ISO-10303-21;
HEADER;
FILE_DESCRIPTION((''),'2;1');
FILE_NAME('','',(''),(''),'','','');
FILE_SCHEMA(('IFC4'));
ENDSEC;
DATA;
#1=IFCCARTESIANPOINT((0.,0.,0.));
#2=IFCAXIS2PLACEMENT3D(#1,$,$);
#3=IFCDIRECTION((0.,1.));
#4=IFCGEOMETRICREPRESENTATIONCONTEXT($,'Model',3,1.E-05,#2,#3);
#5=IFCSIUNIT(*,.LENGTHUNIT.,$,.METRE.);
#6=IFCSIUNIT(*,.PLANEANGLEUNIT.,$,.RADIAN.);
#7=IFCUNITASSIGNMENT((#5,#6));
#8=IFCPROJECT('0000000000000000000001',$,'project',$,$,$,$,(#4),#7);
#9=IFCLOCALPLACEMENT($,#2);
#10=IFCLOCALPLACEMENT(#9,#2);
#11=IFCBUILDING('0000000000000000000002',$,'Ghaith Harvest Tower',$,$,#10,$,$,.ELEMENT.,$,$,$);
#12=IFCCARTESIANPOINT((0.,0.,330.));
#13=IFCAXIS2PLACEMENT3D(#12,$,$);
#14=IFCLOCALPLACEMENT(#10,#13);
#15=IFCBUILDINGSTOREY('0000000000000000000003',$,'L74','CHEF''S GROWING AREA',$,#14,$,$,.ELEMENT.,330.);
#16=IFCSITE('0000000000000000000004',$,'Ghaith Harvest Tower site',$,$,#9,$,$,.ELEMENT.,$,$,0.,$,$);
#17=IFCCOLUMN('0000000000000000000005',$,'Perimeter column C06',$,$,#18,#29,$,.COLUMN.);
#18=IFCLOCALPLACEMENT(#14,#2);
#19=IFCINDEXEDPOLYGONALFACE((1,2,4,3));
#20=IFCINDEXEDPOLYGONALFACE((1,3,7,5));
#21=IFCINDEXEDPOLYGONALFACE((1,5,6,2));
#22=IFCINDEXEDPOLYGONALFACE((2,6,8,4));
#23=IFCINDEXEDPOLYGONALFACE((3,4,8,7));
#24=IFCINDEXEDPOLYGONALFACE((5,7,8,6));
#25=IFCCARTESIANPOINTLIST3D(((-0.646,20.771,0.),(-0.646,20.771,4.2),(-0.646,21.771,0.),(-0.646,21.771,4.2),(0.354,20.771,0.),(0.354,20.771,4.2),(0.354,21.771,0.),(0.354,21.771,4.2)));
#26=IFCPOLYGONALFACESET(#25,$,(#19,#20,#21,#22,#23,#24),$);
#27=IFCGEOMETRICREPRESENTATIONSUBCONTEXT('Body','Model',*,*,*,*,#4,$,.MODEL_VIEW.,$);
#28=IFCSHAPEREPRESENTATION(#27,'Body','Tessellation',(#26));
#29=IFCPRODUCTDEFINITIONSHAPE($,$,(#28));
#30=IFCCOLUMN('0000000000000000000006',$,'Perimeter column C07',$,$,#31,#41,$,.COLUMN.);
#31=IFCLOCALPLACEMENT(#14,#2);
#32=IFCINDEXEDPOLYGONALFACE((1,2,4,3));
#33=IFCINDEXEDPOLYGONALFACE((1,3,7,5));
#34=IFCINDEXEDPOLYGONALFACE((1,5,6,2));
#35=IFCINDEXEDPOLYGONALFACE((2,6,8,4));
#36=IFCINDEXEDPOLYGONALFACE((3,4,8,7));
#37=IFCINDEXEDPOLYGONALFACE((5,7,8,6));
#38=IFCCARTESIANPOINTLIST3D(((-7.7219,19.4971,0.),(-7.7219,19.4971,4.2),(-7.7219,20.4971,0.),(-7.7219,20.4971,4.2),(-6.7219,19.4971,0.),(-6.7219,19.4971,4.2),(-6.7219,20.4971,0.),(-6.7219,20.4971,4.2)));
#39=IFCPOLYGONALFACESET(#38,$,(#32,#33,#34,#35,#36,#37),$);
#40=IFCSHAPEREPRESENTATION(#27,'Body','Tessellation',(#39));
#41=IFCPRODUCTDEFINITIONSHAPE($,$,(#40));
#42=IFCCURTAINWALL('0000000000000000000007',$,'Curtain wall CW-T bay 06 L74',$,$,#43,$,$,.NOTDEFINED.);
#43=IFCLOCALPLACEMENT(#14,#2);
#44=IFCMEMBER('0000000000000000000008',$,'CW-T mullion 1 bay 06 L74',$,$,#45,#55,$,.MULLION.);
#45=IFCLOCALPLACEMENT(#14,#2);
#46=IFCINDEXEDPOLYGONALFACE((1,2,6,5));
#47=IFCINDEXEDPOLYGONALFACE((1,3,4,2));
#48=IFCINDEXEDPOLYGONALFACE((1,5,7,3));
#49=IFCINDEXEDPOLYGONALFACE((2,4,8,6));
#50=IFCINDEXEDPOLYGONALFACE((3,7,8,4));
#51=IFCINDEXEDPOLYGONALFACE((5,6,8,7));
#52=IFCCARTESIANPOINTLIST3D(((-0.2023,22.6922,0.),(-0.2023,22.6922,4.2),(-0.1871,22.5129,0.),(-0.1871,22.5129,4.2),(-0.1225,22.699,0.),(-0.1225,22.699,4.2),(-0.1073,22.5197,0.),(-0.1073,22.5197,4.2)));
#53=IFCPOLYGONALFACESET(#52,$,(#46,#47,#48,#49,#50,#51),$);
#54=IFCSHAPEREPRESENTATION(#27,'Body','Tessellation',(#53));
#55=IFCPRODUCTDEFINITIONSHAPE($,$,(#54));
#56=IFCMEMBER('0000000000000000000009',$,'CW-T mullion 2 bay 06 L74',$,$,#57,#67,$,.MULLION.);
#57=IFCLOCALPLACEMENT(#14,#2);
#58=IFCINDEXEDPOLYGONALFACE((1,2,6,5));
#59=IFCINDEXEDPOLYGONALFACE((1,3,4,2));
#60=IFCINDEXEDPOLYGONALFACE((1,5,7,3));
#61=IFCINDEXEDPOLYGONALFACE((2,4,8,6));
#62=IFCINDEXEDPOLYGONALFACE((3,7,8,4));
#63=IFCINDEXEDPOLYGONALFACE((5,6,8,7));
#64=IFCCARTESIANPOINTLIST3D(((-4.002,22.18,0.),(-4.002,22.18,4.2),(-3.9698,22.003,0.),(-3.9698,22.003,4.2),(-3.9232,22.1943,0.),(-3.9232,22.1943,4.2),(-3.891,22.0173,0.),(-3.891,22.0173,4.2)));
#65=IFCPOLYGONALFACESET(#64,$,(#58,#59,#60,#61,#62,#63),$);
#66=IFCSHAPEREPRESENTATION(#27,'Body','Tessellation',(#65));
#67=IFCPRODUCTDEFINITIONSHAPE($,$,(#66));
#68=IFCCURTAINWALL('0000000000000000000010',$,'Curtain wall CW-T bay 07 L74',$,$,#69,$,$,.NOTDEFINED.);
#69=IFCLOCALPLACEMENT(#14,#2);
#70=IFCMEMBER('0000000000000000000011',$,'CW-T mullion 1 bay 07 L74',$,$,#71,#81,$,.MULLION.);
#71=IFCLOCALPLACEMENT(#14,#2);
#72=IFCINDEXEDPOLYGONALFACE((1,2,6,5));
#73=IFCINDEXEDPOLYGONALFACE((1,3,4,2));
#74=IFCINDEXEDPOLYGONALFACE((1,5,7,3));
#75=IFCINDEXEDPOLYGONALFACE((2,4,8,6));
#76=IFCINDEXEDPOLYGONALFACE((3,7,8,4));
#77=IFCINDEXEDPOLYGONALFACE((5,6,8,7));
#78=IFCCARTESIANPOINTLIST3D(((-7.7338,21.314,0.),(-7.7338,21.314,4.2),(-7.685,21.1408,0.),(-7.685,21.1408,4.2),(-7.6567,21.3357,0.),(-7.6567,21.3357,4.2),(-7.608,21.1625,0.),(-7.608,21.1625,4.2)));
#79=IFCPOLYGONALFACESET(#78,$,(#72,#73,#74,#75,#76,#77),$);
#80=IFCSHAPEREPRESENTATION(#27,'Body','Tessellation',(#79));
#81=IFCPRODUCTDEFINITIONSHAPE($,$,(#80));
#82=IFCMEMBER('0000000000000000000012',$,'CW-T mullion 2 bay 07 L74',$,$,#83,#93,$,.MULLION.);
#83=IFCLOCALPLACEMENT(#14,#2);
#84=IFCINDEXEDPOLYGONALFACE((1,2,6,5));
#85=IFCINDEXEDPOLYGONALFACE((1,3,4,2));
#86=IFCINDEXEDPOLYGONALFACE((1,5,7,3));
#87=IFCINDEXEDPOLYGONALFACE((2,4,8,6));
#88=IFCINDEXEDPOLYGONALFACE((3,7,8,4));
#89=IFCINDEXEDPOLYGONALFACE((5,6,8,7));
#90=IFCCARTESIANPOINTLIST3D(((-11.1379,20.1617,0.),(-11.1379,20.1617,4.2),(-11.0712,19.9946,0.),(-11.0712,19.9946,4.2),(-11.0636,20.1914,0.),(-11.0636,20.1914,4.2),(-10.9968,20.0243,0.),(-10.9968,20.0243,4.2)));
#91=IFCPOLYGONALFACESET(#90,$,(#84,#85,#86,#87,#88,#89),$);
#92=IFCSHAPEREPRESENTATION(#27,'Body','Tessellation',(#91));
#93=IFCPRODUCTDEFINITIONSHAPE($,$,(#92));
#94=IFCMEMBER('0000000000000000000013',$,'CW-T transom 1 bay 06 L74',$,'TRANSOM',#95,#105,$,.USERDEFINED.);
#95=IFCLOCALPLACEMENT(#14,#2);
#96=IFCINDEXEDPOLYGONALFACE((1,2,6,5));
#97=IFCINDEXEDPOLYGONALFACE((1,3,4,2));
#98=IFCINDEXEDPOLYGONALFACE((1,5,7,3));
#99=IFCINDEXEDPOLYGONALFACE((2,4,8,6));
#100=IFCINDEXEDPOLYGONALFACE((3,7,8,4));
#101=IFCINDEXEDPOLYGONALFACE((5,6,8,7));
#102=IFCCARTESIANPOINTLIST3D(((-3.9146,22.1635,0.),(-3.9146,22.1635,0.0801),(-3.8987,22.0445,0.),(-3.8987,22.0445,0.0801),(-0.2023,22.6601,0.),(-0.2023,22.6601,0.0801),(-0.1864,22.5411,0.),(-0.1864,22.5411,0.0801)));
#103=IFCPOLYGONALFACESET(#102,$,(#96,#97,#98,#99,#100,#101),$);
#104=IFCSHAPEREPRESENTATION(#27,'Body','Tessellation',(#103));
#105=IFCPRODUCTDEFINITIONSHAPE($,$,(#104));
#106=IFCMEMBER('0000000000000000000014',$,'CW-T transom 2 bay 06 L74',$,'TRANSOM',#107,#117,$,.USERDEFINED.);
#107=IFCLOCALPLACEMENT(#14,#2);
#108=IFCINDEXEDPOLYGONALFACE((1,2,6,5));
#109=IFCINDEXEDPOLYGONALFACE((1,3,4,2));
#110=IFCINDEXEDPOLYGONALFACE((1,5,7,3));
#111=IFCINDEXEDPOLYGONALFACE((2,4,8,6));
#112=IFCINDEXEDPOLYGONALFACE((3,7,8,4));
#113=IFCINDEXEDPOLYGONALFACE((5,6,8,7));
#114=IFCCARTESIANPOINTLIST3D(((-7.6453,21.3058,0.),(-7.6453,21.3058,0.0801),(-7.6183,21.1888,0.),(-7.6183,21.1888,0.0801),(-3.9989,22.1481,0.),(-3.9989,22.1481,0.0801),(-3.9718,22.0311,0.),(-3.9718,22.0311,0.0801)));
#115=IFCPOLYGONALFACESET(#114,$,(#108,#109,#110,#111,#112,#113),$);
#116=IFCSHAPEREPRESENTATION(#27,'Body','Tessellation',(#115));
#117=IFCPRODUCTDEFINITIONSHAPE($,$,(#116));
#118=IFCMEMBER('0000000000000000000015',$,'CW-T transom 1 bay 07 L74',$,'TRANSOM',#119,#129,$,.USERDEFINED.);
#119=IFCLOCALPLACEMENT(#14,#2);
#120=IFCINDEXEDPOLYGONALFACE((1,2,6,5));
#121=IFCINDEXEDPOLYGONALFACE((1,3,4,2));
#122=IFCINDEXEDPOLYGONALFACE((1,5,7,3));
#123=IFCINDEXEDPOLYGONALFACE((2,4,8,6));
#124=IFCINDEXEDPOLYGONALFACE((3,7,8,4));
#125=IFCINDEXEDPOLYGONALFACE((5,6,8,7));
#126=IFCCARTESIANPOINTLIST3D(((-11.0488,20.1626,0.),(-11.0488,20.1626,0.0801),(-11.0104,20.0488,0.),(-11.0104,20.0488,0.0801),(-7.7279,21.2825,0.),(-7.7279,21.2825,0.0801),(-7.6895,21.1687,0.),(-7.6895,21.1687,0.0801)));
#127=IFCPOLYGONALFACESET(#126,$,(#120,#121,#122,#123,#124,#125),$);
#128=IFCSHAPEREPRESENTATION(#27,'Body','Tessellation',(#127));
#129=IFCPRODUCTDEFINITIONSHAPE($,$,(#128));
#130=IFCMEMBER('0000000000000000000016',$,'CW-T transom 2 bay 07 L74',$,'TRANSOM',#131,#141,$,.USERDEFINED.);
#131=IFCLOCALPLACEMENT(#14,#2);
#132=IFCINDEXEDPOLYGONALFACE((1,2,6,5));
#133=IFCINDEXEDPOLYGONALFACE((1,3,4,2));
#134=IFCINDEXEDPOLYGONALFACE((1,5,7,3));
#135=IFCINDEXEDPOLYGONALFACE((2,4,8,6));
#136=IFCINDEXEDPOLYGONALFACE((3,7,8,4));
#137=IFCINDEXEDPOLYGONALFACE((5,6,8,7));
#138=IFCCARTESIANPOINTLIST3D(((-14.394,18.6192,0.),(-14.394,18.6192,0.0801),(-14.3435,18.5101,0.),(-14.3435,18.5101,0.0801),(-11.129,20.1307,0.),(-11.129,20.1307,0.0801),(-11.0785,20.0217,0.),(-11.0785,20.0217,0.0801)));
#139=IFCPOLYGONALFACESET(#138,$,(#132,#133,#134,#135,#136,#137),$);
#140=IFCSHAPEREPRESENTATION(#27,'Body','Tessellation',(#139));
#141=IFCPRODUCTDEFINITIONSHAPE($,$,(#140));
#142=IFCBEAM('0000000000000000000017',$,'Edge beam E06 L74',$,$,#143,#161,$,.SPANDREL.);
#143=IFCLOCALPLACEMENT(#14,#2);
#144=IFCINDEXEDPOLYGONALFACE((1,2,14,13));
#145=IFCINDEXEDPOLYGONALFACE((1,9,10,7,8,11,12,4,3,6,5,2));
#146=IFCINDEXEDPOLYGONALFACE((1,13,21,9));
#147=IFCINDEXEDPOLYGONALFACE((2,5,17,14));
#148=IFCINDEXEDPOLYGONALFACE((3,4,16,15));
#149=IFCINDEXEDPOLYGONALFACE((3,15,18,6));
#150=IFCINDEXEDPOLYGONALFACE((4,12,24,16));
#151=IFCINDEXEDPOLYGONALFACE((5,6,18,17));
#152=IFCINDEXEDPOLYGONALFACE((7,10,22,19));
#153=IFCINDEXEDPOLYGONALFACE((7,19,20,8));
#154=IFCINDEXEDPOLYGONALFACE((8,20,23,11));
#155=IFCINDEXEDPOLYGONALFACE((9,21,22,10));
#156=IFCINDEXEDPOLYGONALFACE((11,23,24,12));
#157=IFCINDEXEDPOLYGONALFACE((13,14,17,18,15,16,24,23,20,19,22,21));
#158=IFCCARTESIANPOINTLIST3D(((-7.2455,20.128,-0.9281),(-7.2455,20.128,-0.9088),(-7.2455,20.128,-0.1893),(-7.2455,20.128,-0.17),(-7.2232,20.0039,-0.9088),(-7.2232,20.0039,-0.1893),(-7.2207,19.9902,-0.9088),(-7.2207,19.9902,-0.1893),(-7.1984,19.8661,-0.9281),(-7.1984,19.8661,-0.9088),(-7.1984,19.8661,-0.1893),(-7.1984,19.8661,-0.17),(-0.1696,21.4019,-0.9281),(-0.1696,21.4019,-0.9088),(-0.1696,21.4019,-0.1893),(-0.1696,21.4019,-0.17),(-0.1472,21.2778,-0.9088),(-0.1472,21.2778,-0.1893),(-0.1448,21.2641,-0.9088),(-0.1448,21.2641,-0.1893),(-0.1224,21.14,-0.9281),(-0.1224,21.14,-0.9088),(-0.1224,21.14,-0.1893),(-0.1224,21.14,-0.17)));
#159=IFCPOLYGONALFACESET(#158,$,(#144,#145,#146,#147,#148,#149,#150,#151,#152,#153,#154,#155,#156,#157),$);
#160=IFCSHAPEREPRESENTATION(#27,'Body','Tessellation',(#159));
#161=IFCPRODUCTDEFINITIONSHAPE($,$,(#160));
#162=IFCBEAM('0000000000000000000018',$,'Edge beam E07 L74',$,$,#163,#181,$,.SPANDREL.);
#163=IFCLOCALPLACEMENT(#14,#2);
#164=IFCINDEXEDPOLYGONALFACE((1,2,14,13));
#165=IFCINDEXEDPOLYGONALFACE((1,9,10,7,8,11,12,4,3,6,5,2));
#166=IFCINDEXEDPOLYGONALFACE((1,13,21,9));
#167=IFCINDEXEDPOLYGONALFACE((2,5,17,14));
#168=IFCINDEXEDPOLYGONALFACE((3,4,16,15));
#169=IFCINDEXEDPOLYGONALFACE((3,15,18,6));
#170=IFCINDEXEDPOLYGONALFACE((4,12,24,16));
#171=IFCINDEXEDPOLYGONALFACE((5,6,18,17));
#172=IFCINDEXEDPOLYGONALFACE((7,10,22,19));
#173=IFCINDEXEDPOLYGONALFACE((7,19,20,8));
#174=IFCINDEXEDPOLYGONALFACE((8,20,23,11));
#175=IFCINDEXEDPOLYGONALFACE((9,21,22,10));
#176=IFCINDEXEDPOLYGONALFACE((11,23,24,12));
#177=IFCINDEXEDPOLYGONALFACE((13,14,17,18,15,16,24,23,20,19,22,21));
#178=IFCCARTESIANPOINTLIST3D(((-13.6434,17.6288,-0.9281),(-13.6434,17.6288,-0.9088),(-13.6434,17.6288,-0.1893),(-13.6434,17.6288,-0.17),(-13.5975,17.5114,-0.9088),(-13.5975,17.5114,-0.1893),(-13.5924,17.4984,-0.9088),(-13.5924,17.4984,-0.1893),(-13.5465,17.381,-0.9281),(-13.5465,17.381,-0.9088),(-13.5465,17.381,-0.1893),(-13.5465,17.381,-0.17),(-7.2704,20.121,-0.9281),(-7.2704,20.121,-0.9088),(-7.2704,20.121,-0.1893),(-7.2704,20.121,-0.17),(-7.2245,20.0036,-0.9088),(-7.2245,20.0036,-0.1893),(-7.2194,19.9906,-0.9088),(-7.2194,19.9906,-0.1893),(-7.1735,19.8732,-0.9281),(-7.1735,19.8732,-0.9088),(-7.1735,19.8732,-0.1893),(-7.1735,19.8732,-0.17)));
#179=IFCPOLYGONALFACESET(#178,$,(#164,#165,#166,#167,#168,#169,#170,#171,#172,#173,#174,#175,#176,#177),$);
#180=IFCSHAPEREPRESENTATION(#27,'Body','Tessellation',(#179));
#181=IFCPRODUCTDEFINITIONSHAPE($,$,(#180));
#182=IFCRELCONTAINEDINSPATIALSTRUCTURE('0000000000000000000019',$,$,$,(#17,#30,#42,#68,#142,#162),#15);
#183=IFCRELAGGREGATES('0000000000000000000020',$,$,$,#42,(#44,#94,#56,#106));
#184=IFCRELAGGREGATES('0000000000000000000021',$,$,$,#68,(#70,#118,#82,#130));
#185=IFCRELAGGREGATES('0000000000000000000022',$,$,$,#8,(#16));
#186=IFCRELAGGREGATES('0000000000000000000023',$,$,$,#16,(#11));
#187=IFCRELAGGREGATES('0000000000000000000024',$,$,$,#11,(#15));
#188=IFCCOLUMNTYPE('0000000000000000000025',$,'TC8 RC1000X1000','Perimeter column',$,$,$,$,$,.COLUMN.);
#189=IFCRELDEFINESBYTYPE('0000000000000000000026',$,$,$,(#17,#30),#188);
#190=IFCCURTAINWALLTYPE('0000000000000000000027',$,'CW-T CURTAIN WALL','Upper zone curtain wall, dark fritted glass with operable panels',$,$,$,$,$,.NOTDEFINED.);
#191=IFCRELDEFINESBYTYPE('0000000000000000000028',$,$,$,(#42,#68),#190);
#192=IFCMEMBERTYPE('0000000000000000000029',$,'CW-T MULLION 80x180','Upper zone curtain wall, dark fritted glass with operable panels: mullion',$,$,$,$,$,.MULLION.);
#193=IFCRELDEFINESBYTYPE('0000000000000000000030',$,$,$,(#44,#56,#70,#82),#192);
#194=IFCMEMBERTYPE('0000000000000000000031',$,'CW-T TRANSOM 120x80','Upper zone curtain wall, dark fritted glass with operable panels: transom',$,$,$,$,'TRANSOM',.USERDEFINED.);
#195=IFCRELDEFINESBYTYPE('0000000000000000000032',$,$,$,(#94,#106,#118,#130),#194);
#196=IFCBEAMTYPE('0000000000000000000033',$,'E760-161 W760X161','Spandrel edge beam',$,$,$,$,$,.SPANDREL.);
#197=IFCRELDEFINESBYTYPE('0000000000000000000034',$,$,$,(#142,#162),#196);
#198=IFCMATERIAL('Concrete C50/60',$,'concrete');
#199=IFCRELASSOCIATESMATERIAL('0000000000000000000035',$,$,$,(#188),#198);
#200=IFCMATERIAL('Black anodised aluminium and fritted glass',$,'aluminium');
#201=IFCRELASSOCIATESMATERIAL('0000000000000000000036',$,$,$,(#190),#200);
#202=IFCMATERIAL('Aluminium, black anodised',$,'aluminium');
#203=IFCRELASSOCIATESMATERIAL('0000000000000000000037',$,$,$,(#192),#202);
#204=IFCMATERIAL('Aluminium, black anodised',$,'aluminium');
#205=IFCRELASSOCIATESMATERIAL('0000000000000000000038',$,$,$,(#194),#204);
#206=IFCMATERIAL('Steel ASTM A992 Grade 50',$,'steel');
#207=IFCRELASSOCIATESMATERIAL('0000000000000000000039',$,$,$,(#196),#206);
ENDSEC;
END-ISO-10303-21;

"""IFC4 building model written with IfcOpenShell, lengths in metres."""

from ifc_helpers import new_model, si_unit, direction, frame, origin, origin_2d, place, context, subcontext, project, spatial, rectangle, i_section, extrude, material, material_profile, profile_set, type_object, element, aggregate, save


model = new_model("IFC4")

# Units and contexts
model_context = context("Model", 3, precision=1e-05, world=origin(), true_north=direction((0.0, 1.0)))
body_context = subcontext(model_context, "Body", "Model", "MODEL_VIEW")
ifc_project = project(units=[si_unit("LENGTHUNIT", "METRE"), si_unit("PLANEANGLEUNIT", "RADIAN")], contexts=[model_context])

# Site, building, storey
site_placement = place(None, origin())
site = spatial("IfcSite", under=ifc_project, at=site_placement, Name="Ghaith Harvest Tower site", CompositionType="ELEMENT", RefElevation=0.0)
building_placement = place(site_placement, origin())
building = spatial("IfcBuilding", under=site, at=building_placement, Name="Ghaith Harvest Tower", CompositionType="ELEMENT")
storey_placement = place(building_placement, frame((0.0, 0.0, 330.0)))
storey = spatial("IfcBuildingStorey", under=building, at=storey_placement, Name="L74", Description="CHEF'S GROWING AREA", CompositionType="ELEMENT", Elevation=330.0)

# Columns
ifc_material_1 = material(Name="Concrete C50/60", Category="concrete")
ifc_material_profile_1 = material_profile(ifc_material_1, rectangle(XDim=1.0, YDim=1.0, at=origin_2d()), Name="RC1000X1000")
ifc_profile_set_1 = profile_set([ifc_material_profile_1], Name="Concrete C50/60")
column_type = type_object("IfcColumnType", Name="TC8 RC1000X1000", Description="Perimeter column", PredefinedType="COLUMN", material=ifc_profile_set_1)
for number, where, z_axis, x_axis, name in (
    (1, (-0.146, 21.271, 0.0), (0.0, 0.0, 1.0), (1.0, 0.0, 0.0), "Perimeter column C06"),
    (2, (-7.2219, 19.9971, 0.0), (0.0, 0.0, 1.0), (1.0, 0.0, 0.0), "Perimeter column C07"),
):
    element("IfcColumn", number, at=place(storey_placement, frame(where, z_axis=z_axis, x_axis=x_axis)), inside=storey, type_object=column_type, Name=name, PredefinedType="COLUMN", context=body_context, shape_type="SweptSolid", body=[
        extrude(rectangle(XDim=1.0, YDim=1.0, at=origin_2d()), origin(), (0.0, 0.0, 1.0), 4.2),
    ])

# Curtain walls, members
ifc_material_2 = material(Name="Black anodised aluminium and fritted glass", Category="aluminium")
curtain_wall_type = type_object("IfcCurtainWallType", Name="CW-T CURTAIN WALL", Description="Upper zone curtain wall, dark fritted glass with operable panels", PredefinedType="NOTDEFINED", material=ifc_material_2)
curtain_wall_1_placement = place(storey_placement, origin())
curtain_wall_1 = element("IfcCurtainWall", 3, at=curtain_wall_1_placement, inside=storey, type_object=curtain_wall_type, Name="Curtain wall CW-T bay 06 L74", PredefinedType="NOTDEFINED")
ifc_material_3 = material(Name="Aluminium, black anodised", Category="aluminium")
ifc_material_profile_2 = material_profile(ifc_material_3, rectangle(XDim=0.0801, YDim=0.1799, at=origin_2d()), Name="CW-T MULLION 80x180")
ifc_profile_set_2 = profile_set([ifc_material_profile_2], Name="Aluminium, black anodised")
member_type_1 = type_object("IfcMemberType", Name="CW-T MULLION 80x180", Description="Upper zone curtain wall, dark fritted glass with operable panels: mullion", PredefinedType="MULLION", material=ifc_profile_set_2)
member_1_placement = place(storey_placement, frame((-0.1548, 22.606, 0.0), z_axis=(0.0, 0.0, 1.0), x_axis=(-0.996415, -0.084602, 0.0)))
member_1 = element("IfcMember", 4, at=member_1_placement, type_object=member_type_1, Name="CW-T mullion 1 bay 06 L74", PredefinedType="MULLION", context=body_context, shape_type="SweptSolid", body=[
    extrude(rectangle(XDim=0.0801, YDim=0.1799, at=origin_2d()), origin(), (0.0, 0.0, 1.0), 4.2),
])
member_2_placement = place(storey_placement, frame((-3.9465, 22.0986, 0.0), z_axis=(0.0, 0.0, 1.0), x_axis=(-0.983843, -0.179031, 0.0)))
member_2 = element("IfcMember", 5, at=member_2_placement, type_object=member_type_1, Name="CW-T mullion 2 bay 06 L74", PredefinedType="MULLION", context=body_context, shape_type="SweptSolid", body=[
    extrude(rectangle(XDim=0.0801, YDim=0.1799, at=origin_2d()), origin(), (0.0, 0.0, 1.0), 4.2),
])
curtain_wall_2_placement = place(storey_placement, origin())
curtain_wall_2 = element("IfcCurtainWall", 6, at=curtain_wall_2_placement, inside=storey, type_object=curtain_wall_type, Name="Curtain wall CW-T bay 07 L74", PredefinedType="NOTDEFINED")
member_3_placement = place(storey_placement, frame((-7.6709, 21.2383, 0.0), z_axis=(0.0, 0.0, 1.0), x_axis=(-0.962552, -0.271095, 0.0)))
member_3 = element("IfcMember", 7, at=member_3_placement, type_object=member_type_1, Name="CW-T mullion 1 bay 07 L74", PredefinedType="MULLION", context=body_context, shape_type="SweptSolid", body=[
    extrude(rectangle(XDim=0.0801, YDim=0.1799, at=origin_2d()), origin(), (0.0, 0.0, 1.0), 4.2),
])
member_4_placement = place(storey_placement, frame((-11.0674, 20.093, 0.0), z_axis=(0.0, 0.0, 1.0), x_axis=(-0.928624, -0.371021, 0.0)))
member_4 = element("IfcMember", 8, at=member_4_placement, type_object=member_type_1, Name="CW-T mullion 2 bay 07 L74", PredefinedType="MULLION", context=body_context, shape_type="SweptSolid", body=[
    extrude(rectangle(XDim=0.0801, YDim=0.1799, at=origin_2d()), origin(), (0.0, 0.0, 1.0), 4.2),
])

# Members
ifc_material_4 = material(Name="Aluminium, black anodised", Category="aluminium")
ifc_material_profile_3 = material_profile(ifc_material_4, rectangle(XDim=0.1201, YDim=0.0801, at=origin_2d()), Name="CW-T TRANSOM 120x80")
ifc_profile_set_3 = profile_set([ifc_material_profile_3], Name="Aluminium, black anodised")
member_type_2 = type_object("IfcMemberType", Name="CW-T TRANSOM 120x80", Description="Upper zone curtain wall, dark fritted glass with operable panels: transom", ElementType="TRANSOM", PredefinedType="USERDEFINED", material=ifc_profile_set_3)
member_5_placement = place(storey_placement, frame((-0.1943, 22.6006, 0.04), z_axis=(-0.991172, -0.132582, 0.0), x_axis=(0.132582, -0.991172, 0.0)))
member_5 = element("IfcMember", 9, at=member_5_placement, type_object=member_type_2, Name="CW-T transom 1 bay 06 L74", ObjectType="TRANSOM", PredefinedType="USERDEFINED", context=body_context, shape_type="SweptSolid", body=[
    extrude(rectangle(XDim=0.1201, YDim=0.0801, at=origin_2d()), origin(), (0.0, 0.0, 1.0), 3.7454),
])
member_6_placement = place(storey_placement, frame((-3.9854, 22.0896, 0.04), z_axis=(-0.974345, -0.22506, 0.0), x_axis=(0.22506, -0.974345, 0.0)))
member_6 = element("IfcMember", 10, at=member_6_placement, type_object=member_type_2, Name="CW-T transom 2 bay 06 L74", ObjectType="TRANSOM", PredefinedType="USERDEFINED", context=body_context, shape_type="SweptSolid", body=[
    extrude(rectangle(XDim=0.1201, YDim=0.0801, at=origin_2d()), origin(), (0.0, 0.0, 1.0), 3.7424),
])
member_7_placement = place(storey_placement, frame((-7.7087, 21.2256, 0.04), z_axis=(-0.94757, -0.319549, 0.0), x_axis=(0.319549, -0.94757, 0.0)))
member_7 = element("IfcMember", 11, at=member_7_placement, type_object=member_type_2, Name="CW-T transom 1 bay 07 L74", ObjectType="TRANSOM", PredefinedType="USERDEFINED", context=body_context, shape_type="SweptSolid", body=[
    extrude(rectangle(XDim=0.1201, YDim=0.0801, at=origin_2d()), origin(), (0.0, 0.0, 1.0), 3.5046),
])
member_8_placement = place(storey_placement, frame((-11.1038, 20.0762, 0.04), z_axis=(-0.907472, -0.420112, 0.0), x_axis=(0.420112, -0.907472, 0.0)))
member_8 = element("IfcMember", 12, at=member_8_placement, type_object=member_type_2, Name="CW-T transom 2 bay 07 L74", ObjectType="TRANSOM", PredefinedType="USERDEFINED", context=body_context, shape_type="SweptSolid", body=[
    extrude(rectangle(XDim=0.1201, YDim=0.0801, at=origin_2d()), origin(), (0.0, 0.0, 1.0), 3.5979),
])

# Beams
ifc_material_5 = material(Name="Steel ASTM A992 Grade 50", Category="steel")
ifc_material_profile_4 = material_profile(ifc_material_5, i_section(OverallWidth=0.2661, OverallDepth=0.7581, WebThickness=0.0139, FlangeThickness=0.0193, at=origin_2d()), Name="W760X161")
ifc_profile_set_4 = profile_set([ifc_material_profile_4], Name="Steel ASTM A992 Grade 50")
beam_type_1 = type_object("IfcBeamType", Name="E760-161 W760X161", Description="Spandrel edge beam", PredefinedType="SPANDREL", material=ifc_profile_set_4)
beam_1_placement = place(storey_placement, frame((-0.146, 21.271, -0.5491), z_axis=(-0.984177, -0.177188, 0.0), x_axis=(0.177188, -0.984177, 0.0)))
element("IfcBeam", 13, at=beam_1_placement, inside=storey, type_object=beam_type_1, Name="Edge beam E06 L74", PredefinedType="SPANDREL", context=body_context, shape_type="SweptSolid", body=[
    extrude(i_section(OverallWidth=0.2661, OverallDepth=0.7581, WebThickness=0.0139, FlangeThickness=0.0193, at=origin_2d()), origin(), (0.0, 0.0, 1.0), 7.1897),
])
beam_2_placement = place(storey_placement, frame((-7.2219, 19.9971, -0.5491), z_axis=(-0.931323, -0.364195, 0.0), x_axis=(0.364195, -0.931323, 0.0)))
element("IfcBeam", 14, at=beam_2_placement, inside=storey, type_object=beam_type_1, Name="Edge beam E07 L74", PredefinedType="SPANDREL", context=body_context, shape_type="SweptSolid", body=[
    extrude(i_section(OverallWidth=0.2661, OverallDepth=0.7581, WebThickness=0.0139, FlangeThickness=0.0193, at=origin_2d()), origin(), (0.0, 0.0, 1.0), 6.843),
])

aggregate(curtain_wall_1, [member_1, member_5, member_2, member_6])
aggregate(curtain_wall_2, [member_3, member_7, member_4, member_8])

save(model, "model.ifc")
